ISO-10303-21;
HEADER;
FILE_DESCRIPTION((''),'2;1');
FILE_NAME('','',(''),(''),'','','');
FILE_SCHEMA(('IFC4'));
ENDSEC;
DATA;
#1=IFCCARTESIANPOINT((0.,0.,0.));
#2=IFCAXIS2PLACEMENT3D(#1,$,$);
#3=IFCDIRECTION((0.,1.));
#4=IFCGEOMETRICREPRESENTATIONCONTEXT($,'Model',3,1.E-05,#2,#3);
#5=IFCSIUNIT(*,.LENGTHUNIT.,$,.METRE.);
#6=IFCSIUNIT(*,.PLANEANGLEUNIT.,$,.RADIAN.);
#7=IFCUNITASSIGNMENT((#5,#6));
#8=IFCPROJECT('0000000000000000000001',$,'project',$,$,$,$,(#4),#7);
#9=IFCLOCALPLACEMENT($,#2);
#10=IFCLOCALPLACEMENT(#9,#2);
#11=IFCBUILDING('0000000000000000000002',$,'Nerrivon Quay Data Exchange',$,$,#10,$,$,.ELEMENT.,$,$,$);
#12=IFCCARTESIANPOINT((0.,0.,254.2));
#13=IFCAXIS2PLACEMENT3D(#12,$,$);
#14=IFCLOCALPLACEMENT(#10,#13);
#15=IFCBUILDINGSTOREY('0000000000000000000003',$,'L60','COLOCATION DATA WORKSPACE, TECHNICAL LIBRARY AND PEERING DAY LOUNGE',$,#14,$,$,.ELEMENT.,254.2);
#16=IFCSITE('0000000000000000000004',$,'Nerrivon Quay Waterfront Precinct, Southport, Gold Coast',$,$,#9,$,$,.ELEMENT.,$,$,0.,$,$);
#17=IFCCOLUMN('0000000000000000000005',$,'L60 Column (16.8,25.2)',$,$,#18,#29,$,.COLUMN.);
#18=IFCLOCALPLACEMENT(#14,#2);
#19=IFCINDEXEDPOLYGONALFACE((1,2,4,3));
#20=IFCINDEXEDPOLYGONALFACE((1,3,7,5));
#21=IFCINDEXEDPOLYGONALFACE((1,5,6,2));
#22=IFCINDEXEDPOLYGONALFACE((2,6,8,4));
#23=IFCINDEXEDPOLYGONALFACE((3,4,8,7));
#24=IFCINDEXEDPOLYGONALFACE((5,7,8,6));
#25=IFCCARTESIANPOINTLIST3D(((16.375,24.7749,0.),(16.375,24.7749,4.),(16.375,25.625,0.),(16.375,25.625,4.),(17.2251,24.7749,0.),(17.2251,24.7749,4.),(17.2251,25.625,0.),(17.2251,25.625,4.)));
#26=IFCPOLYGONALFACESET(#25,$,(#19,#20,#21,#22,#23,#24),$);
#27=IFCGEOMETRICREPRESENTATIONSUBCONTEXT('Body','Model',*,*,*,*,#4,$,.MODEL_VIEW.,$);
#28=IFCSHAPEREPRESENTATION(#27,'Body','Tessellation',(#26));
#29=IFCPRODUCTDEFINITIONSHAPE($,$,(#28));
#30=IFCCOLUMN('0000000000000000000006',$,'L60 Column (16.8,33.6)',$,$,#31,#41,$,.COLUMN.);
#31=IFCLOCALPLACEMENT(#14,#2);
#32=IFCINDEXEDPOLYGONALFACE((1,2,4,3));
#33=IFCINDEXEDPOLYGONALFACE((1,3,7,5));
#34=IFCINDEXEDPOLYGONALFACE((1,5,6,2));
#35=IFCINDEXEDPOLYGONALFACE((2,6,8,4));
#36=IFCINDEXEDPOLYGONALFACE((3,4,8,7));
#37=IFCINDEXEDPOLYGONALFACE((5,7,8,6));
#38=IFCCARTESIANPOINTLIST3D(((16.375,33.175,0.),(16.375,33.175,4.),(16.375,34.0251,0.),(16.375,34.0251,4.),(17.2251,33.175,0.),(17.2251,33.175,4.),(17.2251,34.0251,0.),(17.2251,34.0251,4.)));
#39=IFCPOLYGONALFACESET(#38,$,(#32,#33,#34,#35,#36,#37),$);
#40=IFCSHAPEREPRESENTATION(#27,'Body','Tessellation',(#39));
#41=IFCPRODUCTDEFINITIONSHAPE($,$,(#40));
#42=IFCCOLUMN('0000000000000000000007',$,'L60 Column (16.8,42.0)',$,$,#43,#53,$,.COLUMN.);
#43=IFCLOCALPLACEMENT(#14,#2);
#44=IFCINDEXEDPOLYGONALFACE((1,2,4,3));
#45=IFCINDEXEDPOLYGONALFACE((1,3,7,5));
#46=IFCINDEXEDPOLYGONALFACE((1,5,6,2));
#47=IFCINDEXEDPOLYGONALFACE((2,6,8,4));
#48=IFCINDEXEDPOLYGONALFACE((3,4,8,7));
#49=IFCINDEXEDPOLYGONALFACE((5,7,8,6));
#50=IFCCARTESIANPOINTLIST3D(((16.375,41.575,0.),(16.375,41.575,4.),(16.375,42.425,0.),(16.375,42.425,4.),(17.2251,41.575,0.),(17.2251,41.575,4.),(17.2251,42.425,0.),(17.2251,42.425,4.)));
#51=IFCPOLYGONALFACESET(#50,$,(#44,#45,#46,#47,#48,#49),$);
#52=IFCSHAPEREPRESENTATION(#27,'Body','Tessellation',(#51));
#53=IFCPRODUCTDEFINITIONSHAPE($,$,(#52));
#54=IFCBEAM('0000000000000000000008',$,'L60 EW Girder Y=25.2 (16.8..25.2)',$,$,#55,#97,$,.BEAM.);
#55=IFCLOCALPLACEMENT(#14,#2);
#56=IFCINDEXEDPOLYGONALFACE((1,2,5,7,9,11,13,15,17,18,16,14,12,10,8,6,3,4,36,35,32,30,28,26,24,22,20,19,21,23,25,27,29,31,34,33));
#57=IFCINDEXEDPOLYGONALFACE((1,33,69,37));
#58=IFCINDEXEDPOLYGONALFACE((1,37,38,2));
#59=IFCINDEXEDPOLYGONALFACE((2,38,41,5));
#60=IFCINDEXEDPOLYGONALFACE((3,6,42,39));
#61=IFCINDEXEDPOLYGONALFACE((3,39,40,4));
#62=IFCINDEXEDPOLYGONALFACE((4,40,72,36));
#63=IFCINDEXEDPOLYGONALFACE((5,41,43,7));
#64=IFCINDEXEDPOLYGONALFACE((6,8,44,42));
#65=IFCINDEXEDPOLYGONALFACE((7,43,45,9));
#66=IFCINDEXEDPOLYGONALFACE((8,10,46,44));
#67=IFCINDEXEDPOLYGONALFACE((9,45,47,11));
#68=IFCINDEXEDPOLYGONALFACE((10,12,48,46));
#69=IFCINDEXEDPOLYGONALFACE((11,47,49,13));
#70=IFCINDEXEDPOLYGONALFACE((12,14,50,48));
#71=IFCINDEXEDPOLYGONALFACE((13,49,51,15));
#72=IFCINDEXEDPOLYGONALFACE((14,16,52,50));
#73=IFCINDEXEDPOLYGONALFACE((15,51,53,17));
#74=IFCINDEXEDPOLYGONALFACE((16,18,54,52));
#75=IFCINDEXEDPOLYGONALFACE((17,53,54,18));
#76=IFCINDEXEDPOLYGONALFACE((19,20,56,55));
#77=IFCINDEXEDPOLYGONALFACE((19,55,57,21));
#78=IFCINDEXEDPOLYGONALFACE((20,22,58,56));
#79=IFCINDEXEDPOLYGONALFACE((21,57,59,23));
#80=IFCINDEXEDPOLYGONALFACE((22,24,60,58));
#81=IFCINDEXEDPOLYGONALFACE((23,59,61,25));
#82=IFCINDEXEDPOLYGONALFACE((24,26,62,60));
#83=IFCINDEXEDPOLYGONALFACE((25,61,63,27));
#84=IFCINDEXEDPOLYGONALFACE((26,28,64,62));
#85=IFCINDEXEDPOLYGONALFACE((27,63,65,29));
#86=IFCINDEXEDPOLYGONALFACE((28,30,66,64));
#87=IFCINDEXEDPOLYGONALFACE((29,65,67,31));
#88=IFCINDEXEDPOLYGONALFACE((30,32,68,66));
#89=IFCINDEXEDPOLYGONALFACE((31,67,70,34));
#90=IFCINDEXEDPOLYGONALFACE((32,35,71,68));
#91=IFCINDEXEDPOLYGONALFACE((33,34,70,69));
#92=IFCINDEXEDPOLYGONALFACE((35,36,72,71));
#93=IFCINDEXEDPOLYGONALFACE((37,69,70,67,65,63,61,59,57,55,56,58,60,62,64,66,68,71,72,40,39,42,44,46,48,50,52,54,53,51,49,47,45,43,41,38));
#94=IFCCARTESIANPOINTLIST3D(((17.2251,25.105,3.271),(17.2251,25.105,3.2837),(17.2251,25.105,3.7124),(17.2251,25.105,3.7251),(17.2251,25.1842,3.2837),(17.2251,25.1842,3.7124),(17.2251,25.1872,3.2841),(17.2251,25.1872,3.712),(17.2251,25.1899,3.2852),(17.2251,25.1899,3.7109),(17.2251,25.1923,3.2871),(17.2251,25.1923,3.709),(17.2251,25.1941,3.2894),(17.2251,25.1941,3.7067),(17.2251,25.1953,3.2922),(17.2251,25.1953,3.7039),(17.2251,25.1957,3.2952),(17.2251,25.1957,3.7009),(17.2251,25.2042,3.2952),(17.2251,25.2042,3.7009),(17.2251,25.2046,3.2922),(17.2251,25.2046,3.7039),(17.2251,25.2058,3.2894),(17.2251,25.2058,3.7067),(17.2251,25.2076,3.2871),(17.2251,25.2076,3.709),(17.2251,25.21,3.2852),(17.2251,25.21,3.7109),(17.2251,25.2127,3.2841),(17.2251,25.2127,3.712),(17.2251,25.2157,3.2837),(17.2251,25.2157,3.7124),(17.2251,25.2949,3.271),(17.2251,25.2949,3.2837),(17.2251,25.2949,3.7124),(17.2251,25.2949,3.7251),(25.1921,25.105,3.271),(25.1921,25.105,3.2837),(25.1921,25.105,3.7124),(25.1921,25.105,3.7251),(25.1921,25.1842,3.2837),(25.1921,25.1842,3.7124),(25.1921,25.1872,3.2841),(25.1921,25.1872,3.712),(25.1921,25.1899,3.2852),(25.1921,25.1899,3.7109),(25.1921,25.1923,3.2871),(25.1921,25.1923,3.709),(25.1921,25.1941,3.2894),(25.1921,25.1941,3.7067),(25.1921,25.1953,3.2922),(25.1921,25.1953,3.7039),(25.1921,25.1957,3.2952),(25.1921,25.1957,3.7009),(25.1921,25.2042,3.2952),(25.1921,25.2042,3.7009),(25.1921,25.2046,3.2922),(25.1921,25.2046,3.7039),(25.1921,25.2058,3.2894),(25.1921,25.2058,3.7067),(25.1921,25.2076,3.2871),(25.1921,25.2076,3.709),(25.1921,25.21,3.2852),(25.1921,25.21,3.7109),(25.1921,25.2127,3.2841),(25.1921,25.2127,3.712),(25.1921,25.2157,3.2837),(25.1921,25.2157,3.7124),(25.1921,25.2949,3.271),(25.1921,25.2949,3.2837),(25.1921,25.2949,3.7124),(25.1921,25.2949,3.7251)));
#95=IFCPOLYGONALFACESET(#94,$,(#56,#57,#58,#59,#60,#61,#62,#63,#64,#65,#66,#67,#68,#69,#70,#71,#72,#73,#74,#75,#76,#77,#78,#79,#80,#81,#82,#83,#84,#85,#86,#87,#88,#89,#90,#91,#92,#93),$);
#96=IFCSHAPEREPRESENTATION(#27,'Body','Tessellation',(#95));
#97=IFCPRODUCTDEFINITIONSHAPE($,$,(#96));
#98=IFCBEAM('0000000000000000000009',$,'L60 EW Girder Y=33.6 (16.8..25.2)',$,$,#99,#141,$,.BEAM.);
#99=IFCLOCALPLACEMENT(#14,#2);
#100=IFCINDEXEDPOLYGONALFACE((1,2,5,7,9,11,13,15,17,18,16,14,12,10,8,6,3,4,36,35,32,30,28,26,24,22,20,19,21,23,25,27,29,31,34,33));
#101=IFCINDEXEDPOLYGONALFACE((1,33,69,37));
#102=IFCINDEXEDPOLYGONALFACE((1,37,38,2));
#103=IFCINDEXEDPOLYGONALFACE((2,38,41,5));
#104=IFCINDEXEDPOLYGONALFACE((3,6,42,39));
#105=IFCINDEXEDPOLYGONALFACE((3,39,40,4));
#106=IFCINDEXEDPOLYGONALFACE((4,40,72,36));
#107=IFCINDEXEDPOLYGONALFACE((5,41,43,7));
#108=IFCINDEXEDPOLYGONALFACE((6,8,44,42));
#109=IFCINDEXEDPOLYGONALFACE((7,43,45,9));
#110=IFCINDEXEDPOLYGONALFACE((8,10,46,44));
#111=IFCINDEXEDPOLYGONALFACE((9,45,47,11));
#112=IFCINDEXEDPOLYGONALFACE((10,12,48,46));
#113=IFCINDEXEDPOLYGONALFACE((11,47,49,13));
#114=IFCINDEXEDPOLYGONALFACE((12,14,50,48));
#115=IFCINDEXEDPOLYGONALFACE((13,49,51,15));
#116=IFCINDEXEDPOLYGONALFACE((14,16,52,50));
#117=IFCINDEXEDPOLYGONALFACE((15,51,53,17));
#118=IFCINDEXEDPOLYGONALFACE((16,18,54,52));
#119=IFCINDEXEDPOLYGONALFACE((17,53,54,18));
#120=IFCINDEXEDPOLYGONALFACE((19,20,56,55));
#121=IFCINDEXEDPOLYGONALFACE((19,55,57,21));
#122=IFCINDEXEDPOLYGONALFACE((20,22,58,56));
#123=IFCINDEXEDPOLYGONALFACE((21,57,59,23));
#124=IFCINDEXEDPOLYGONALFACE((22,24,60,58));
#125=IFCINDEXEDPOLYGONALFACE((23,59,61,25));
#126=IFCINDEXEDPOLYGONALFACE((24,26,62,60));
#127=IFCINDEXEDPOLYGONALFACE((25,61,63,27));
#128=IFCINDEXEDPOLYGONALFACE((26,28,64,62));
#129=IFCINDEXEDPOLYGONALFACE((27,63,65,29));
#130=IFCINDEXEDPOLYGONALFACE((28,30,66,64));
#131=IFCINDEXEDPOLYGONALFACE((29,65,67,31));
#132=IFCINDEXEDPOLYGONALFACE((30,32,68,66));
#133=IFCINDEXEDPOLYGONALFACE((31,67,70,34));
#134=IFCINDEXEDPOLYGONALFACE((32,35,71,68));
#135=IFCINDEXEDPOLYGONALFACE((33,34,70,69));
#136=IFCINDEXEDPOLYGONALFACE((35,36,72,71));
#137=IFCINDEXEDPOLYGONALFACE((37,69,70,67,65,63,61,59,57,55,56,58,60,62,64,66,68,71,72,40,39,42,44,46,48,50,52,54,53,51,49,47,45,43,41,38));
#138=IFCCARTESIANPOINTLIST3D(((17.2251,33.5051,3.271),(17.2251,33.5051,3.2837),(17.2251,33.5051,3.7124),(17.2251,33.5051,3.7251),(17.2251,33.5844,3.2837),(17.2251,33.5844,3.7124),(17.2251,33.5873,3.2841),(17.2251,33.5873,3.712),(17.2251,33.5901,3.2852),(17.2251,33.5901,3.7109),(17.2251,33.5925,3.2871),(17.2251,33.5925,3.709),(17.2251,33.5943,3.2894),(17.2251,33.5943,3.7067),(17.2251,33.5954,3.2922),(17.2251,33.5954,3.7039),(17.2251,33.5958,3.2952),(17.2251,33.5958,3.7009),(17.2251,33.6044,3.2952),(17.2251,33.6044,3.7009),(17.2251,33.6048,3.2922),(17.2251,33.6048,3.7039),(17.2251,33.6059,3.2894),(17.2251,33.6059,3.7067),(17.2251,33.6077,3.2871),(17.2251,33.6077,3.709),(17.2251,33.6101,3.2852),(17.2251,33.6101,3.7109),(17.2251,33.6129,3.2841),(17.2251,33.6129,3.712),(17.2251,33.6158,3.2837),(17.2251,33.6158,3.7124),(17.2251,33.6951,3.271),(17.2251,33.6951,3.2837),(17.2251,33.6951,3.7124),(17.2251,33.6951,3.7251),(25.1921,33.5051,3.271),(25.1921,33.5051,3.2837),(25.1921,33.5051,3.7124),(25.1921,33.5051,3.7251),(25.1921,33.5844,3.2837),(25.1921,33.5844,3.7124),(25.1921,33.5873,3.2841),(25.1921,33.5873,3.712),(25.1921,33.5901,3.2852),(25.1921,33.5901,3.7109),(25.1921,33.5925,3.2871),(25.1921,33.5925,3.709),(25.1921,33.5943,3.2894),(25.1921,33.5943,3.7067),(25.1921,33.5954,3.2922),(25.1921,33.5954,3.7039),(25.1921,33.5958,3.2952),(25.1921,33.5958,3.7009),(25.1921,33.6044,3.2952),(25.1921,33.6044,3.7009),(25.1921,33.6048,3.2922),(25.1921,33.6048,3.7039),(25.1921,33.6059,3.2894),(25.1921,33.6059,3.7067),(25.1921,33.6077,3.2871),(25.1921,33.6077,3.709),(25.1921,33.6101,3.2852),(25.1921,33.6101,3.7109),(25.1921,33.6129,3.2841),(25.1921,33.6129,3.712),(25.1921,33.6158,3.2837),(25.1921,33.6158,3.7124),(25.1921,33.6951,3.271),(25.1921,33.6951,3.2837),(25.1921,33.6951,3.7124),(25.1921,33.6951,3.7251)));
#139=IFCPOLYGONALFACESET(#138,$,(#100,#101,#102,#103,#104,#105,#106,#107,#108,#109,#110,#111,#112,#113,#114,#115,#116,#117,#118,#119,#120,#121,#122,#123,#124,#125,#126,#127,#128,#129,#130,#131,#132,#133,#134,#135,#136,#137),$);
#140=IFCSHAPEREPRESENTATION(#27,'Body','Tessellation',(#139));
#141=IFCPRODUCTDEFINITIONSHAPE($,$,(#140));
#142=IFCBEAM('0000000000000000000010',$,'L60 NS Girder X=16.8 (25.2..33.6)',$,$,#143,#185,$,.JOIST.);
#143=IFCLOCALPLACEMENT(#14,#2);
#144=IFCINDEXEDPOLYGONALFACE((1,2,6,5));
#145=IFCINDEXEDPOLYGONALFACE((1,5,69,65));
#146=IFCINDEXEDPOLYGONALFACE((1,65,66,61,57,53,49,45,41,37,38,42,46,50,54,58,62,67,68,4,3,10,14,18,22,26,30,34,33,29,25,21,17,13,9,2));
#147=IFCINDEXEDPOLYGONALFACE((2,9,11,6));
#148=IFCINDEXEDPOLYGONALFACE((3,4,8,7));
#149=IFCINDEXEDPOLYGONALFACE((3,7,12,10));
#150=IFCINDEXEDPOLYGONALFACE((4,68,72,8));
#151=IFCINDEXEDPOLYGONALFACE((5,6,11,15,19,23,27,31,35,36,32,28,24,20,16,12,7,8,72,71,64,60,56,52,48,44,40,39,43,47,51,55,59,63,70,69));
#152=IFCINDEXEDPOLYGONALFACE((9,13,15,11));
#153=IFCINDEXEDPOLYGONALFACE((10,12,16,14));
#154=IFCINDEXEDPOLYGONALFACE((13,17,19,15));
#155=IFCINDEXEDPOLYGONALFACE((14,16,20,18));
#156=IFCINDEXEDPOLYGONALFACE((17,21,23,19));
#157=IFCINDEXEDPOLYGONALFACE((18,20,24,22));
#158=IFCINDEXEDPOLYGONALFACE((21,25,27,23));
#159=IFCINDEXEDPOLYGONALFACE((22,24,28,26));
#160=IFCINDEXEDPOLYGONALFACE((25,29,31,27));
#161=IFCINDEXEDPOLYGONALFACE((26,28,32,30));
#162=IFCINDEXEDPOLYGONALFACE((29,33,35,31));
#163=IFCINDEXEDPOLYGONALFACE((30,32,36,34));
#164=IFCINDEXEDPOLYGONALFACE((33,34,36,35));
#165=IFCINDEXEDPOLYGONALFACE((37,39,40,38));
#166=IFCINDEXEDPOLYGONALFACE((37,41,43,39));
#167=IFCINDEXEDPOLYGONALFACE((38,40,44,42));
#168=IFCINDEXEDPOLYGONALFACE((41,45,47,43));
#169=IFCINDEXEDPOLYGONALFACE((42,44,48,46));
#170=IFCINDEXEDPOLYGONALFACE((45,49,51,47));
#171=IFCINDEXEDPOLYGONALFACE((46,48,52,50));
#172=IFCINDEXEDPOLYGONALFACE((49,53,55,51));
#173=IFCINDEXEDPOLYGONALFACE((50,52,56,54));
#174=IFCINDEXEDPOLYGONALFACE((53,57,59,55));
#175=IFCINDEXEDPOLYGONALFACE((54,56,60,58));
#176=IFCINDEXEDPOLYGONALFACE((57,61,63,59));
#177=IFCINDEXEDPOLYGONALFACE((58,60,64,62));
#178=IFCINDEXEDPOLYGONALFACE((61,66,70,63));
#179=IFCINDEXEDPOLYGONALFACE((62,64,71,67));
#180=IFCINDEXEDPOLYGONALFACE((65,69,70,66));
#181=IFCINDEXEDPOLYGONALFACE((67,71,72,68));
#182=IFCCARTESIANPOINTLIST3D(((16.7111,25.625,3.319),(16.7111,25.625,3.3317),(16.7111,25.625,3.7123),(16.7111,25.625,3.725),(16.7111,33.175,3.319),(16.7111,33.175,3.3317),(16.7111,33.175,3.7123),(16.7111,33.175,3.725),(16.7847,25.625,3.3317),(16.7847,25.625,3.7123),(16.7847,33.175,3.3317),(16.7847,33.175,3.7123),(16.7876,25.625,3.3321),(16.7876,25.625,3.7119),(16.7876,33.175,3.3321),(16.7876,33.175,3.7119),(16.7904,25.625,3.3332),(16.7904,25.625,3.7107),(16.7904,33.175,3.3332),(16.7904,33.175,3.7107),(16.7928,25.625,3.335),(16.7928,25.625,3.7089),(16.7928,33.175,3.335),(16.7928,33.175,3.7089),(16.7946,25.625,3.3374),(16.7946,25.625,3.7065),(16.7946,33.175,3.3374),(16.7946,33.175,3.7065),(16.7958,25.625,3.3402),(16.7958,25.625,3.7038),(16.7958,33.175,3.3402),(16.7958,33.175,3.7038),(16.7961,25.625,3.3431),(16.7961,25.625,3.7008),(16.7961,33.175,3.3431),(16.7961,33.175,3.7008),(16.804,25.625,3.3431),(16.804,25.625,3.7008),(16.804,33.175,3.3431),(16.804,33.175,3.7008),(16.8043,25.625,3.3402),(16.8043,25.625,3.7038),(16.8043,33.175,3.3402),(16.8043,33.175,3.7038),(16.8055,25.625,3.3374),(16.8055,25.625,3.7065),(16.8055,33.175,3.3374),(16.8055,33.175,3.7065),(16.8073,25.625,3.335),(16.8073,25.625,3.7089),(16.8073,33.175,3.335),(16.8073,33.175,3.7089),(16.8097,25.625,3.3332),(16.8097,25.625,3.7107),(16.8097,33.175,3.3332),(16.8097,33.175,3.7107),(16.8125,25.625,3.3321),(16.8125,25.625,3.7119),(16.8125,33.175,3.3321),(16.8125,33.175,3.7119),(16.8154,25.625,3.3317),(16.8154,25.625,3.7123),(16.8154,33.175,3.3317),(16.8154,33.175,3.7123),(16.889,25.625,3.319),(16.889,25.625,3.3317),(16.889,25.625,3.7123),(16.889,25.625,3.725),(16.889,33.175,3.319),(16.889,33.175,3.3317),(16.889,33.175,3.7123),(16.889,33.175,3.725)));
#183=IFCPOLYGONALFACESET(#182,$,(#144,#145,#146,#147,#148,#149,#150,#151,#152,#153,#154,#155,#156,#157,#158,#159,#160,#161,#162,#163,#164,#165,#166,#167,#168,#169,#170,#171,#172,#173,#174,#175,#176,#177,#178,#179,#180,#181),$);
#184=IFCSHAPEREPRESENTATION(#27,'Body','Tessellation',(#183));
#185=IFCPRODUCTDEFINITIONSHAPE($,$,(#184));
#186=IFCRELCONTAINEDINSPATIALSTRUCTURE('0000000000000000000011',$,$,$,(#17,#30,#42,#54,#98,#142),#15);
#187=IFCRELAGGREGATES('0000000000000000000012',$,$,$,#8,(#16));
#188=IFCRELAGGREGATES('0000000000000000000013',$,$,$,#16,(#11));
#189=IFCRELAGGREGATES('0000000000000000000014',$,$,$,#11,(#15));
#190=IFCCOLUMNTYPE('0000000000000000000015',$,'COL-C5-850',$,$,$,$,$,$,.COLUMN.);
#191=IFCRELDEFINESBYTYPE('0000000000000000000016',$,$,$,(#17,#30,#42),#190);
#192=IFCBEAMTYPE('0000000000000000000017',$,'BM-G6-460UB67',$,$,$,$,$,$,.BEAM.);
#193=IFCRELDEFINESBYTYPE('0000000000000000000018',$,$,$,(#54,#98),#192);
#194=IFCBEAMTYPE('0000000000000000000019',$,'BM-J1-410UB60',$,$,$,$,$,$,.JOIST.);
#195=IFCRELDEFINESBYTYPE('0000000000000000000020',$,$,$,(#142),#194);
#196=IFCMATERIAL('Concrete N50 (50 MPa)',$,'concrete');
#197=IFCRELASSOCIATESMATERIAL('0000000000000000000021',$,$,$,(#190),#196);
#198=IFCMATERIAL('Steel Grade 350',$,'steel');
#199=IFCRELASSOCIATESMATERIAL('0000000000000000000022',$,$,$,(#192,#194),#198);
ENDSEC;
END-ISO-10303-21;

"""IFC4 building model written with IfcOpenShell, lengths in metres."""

from ifc_helpers import new_model, si_unit, direction, frame, origin, origin_2d, place, context, subcontext, project, spatial, rectangle, i_section, extrude, material, material_profile, profile_set, type_object, element, save


model = new_model("IFC4")

# Units and contexts
model_context = context("Model", 3, precision=1e-05, world=origin(), true_north=direction((0.0, 1.0)))
body_context = subcontext(model_context, "Body", "Model", "MODEL_VIEW")
ifc_project = project(units=[si_unit("LENGTHUNIT", "METRE"), si_unit("PLANEANGLEUNIT", "RADIAN")], contexts=[model_context])

# Site, building, storey
site_placement = place(None, origin())
site = spatial("IfcSite", under=ifc_project, at=site_placement, Name="Nerrivon Quay Waterfront Precinct, Southport, Gold Coast", CompositionType="ELEMENT", RefElevation=0.0)
building_placement = place(site_placement, origin())
building = spatial("IfcBuilding", under=site, at=building_placement, Name="Nerrivon Quay Data Exchange", CompositionType="ELEMENT")
storey_placement = place(building_placement, frame((0.0, 0.0, 254.2)))
storey = spatial("IfcBuildingStorey", under=building, at=storey_placement, Name="L60", Description="COLOCATION DATA WORKSPACE, TECHNICAL LIBRARY AND PEERING DAY LOUNGE", CompositionType="ELEMENT", Elevation=254.2)

# Columns
ifc_material_1 = material(Name="Concrete N50 (50 MPa)", Category="concrete")
ifc_material_profile_1 = material_profile(ifc_material_1, rectangle(XDim=0.8501, YDim=0.8501, at=origin_2d()), Name="RC-COL-850x850")
ifc_profile_set_1 = profile_set([ifc_material_profile_1], Name="Concrete N50 (50 MPa)")
column_type = type_object("IfcColumnType", Name="COL-C5-850", PredefinedType="COLUMN", material=ifc_profile_set_1)
for number, where, z_axis, x_axis, name in (
    (1, (16.8, 25.2, 0.0), (0.0, 0.0, 1.0), (1.0, 0.0, 0.0), "L60 Column (16.8,25.2)"),
    (2, (16.8, 33.6001, 0.0), (0.0, 0.0, 1.0), (1.0, 0.0, 0.0), "L60 Column (16.8,33.6)"),
    (3, (16.8, 42.0, 0.0), (0.0, 0.0, 1.0), (1.0, 0.0, 0.0), "L60 Column (16.8,42.0)"),
):
    element("IfcColumn", number, at=place(storey_placement, frame(where, z_axis=z_axis, x_axis=x_axis)), inside=storey, type_object=column_type, Name=name, PredefinedType="COLUMN", context=body_context, shape_type="SweptSolid", body=[
        extrude(rectangle(XDim=0.8501, YDim=0.8501, at=origin_2d()), origin(), (0.0, 0.0, 1.0), 4.0),
    ])

# Beams
ifc_material_2 = material(Name="Steel Grade 350", Category="steel")
ifc_material_profile_2 = material_profile(ifc_material_2, i_section(OverallWidth=0.1899, OverallDepth=0.4541, WebThickness=0.0085, FlangeThickness=0.0127, FilletRadius=0.0115, at=origin_2d()), Name="460UB67.1")
ifc_profile_set_2 = profile_set([ifc_material_profile_2], Name="Steel Grade 350")
beam_type_1 = type_object("IfcBeamType", Name="BM-G6-460UB67", PredefinedType="BEAM", material=ifc_profile_set_2)
for number, where, z_axis, x_axis, name in (
    (4, (17.2251, 25.2, 3.498), (1.0, 0.0, 0.0), (0.0, 1.0, 0.0), "L60 EW Girder Y=25.2 (16.8..25.2)"),
    (5, (17.2251, 33.6001, 3.498), (1.0, 0.0, 0.0), (0.0, 1.0, 0.0), "L60 EW Girder Y=33.6 (16.8..25.2)"),
):
    element("IfcBeam", number, at=place(storey_placement, frame(where, z_axis=z_axis, x_axis=x_axis)), inside=storey, type_object=beam_type_1, Name=name, PredefinedType="BEAM", context=body_context, shape_type="SweptSolid", body=[
        extrude(i_section(OverallWidth=0.1899, OverallDepth=0.4541, WebThickness=0.0085, FlangeThickness=0.0127, FilletRadius=0.0115, at=origin_2d()), origin(), (0.0, 0.0, 1.0), 7.967),
    ])
ifc_material_profile_3 = material_profile(ifc_material_2, i_section(OverallWidth=0.178, OverallDepth=0.406, WebThickness=0.0078, FlangeThickness=0.0127, FilletRadius=0.0115, at=origin_2d()), Name="410UB59.7")
ifc_profile_set_3 = profile_set([ifc_material_profile_3], Name="Steel Grade 350")
beam_type_2 = type_object("IfcBeamType", Name="BM-J1-410UB60", PredefinedType="JOIST", material=ifc_profile_set_3)
for number, where, z_axis, x_axis, name in (
    (6, (16.8, 25.625, 3.522), (0.0, 1.0, 0.0), (-1.0, 0.0, 0.0), "L60 NS Girder X=16.8 (25.2..33.6)"),
):
    element("IfcBeam", number, at=place(storey_placement, frame(where, z_axis=z_axis, x_axis=x_axis)), inside=storey, type_object=beam_type_2, Name=name, PredefinedType="JOIST", context=body_context, shape_type="SweptSolid", body=[
        extrude(i_section(OverallWidth=0.178, OverallDepth=0.406, WebThickness=0.0078, FlangeThickness=0.0127, FilletRadius=0.0115, at=origin_2d()), origin(), (0.0, 0.0, 1.0), 7.55),
    ])

save(model, "model.ifc")
